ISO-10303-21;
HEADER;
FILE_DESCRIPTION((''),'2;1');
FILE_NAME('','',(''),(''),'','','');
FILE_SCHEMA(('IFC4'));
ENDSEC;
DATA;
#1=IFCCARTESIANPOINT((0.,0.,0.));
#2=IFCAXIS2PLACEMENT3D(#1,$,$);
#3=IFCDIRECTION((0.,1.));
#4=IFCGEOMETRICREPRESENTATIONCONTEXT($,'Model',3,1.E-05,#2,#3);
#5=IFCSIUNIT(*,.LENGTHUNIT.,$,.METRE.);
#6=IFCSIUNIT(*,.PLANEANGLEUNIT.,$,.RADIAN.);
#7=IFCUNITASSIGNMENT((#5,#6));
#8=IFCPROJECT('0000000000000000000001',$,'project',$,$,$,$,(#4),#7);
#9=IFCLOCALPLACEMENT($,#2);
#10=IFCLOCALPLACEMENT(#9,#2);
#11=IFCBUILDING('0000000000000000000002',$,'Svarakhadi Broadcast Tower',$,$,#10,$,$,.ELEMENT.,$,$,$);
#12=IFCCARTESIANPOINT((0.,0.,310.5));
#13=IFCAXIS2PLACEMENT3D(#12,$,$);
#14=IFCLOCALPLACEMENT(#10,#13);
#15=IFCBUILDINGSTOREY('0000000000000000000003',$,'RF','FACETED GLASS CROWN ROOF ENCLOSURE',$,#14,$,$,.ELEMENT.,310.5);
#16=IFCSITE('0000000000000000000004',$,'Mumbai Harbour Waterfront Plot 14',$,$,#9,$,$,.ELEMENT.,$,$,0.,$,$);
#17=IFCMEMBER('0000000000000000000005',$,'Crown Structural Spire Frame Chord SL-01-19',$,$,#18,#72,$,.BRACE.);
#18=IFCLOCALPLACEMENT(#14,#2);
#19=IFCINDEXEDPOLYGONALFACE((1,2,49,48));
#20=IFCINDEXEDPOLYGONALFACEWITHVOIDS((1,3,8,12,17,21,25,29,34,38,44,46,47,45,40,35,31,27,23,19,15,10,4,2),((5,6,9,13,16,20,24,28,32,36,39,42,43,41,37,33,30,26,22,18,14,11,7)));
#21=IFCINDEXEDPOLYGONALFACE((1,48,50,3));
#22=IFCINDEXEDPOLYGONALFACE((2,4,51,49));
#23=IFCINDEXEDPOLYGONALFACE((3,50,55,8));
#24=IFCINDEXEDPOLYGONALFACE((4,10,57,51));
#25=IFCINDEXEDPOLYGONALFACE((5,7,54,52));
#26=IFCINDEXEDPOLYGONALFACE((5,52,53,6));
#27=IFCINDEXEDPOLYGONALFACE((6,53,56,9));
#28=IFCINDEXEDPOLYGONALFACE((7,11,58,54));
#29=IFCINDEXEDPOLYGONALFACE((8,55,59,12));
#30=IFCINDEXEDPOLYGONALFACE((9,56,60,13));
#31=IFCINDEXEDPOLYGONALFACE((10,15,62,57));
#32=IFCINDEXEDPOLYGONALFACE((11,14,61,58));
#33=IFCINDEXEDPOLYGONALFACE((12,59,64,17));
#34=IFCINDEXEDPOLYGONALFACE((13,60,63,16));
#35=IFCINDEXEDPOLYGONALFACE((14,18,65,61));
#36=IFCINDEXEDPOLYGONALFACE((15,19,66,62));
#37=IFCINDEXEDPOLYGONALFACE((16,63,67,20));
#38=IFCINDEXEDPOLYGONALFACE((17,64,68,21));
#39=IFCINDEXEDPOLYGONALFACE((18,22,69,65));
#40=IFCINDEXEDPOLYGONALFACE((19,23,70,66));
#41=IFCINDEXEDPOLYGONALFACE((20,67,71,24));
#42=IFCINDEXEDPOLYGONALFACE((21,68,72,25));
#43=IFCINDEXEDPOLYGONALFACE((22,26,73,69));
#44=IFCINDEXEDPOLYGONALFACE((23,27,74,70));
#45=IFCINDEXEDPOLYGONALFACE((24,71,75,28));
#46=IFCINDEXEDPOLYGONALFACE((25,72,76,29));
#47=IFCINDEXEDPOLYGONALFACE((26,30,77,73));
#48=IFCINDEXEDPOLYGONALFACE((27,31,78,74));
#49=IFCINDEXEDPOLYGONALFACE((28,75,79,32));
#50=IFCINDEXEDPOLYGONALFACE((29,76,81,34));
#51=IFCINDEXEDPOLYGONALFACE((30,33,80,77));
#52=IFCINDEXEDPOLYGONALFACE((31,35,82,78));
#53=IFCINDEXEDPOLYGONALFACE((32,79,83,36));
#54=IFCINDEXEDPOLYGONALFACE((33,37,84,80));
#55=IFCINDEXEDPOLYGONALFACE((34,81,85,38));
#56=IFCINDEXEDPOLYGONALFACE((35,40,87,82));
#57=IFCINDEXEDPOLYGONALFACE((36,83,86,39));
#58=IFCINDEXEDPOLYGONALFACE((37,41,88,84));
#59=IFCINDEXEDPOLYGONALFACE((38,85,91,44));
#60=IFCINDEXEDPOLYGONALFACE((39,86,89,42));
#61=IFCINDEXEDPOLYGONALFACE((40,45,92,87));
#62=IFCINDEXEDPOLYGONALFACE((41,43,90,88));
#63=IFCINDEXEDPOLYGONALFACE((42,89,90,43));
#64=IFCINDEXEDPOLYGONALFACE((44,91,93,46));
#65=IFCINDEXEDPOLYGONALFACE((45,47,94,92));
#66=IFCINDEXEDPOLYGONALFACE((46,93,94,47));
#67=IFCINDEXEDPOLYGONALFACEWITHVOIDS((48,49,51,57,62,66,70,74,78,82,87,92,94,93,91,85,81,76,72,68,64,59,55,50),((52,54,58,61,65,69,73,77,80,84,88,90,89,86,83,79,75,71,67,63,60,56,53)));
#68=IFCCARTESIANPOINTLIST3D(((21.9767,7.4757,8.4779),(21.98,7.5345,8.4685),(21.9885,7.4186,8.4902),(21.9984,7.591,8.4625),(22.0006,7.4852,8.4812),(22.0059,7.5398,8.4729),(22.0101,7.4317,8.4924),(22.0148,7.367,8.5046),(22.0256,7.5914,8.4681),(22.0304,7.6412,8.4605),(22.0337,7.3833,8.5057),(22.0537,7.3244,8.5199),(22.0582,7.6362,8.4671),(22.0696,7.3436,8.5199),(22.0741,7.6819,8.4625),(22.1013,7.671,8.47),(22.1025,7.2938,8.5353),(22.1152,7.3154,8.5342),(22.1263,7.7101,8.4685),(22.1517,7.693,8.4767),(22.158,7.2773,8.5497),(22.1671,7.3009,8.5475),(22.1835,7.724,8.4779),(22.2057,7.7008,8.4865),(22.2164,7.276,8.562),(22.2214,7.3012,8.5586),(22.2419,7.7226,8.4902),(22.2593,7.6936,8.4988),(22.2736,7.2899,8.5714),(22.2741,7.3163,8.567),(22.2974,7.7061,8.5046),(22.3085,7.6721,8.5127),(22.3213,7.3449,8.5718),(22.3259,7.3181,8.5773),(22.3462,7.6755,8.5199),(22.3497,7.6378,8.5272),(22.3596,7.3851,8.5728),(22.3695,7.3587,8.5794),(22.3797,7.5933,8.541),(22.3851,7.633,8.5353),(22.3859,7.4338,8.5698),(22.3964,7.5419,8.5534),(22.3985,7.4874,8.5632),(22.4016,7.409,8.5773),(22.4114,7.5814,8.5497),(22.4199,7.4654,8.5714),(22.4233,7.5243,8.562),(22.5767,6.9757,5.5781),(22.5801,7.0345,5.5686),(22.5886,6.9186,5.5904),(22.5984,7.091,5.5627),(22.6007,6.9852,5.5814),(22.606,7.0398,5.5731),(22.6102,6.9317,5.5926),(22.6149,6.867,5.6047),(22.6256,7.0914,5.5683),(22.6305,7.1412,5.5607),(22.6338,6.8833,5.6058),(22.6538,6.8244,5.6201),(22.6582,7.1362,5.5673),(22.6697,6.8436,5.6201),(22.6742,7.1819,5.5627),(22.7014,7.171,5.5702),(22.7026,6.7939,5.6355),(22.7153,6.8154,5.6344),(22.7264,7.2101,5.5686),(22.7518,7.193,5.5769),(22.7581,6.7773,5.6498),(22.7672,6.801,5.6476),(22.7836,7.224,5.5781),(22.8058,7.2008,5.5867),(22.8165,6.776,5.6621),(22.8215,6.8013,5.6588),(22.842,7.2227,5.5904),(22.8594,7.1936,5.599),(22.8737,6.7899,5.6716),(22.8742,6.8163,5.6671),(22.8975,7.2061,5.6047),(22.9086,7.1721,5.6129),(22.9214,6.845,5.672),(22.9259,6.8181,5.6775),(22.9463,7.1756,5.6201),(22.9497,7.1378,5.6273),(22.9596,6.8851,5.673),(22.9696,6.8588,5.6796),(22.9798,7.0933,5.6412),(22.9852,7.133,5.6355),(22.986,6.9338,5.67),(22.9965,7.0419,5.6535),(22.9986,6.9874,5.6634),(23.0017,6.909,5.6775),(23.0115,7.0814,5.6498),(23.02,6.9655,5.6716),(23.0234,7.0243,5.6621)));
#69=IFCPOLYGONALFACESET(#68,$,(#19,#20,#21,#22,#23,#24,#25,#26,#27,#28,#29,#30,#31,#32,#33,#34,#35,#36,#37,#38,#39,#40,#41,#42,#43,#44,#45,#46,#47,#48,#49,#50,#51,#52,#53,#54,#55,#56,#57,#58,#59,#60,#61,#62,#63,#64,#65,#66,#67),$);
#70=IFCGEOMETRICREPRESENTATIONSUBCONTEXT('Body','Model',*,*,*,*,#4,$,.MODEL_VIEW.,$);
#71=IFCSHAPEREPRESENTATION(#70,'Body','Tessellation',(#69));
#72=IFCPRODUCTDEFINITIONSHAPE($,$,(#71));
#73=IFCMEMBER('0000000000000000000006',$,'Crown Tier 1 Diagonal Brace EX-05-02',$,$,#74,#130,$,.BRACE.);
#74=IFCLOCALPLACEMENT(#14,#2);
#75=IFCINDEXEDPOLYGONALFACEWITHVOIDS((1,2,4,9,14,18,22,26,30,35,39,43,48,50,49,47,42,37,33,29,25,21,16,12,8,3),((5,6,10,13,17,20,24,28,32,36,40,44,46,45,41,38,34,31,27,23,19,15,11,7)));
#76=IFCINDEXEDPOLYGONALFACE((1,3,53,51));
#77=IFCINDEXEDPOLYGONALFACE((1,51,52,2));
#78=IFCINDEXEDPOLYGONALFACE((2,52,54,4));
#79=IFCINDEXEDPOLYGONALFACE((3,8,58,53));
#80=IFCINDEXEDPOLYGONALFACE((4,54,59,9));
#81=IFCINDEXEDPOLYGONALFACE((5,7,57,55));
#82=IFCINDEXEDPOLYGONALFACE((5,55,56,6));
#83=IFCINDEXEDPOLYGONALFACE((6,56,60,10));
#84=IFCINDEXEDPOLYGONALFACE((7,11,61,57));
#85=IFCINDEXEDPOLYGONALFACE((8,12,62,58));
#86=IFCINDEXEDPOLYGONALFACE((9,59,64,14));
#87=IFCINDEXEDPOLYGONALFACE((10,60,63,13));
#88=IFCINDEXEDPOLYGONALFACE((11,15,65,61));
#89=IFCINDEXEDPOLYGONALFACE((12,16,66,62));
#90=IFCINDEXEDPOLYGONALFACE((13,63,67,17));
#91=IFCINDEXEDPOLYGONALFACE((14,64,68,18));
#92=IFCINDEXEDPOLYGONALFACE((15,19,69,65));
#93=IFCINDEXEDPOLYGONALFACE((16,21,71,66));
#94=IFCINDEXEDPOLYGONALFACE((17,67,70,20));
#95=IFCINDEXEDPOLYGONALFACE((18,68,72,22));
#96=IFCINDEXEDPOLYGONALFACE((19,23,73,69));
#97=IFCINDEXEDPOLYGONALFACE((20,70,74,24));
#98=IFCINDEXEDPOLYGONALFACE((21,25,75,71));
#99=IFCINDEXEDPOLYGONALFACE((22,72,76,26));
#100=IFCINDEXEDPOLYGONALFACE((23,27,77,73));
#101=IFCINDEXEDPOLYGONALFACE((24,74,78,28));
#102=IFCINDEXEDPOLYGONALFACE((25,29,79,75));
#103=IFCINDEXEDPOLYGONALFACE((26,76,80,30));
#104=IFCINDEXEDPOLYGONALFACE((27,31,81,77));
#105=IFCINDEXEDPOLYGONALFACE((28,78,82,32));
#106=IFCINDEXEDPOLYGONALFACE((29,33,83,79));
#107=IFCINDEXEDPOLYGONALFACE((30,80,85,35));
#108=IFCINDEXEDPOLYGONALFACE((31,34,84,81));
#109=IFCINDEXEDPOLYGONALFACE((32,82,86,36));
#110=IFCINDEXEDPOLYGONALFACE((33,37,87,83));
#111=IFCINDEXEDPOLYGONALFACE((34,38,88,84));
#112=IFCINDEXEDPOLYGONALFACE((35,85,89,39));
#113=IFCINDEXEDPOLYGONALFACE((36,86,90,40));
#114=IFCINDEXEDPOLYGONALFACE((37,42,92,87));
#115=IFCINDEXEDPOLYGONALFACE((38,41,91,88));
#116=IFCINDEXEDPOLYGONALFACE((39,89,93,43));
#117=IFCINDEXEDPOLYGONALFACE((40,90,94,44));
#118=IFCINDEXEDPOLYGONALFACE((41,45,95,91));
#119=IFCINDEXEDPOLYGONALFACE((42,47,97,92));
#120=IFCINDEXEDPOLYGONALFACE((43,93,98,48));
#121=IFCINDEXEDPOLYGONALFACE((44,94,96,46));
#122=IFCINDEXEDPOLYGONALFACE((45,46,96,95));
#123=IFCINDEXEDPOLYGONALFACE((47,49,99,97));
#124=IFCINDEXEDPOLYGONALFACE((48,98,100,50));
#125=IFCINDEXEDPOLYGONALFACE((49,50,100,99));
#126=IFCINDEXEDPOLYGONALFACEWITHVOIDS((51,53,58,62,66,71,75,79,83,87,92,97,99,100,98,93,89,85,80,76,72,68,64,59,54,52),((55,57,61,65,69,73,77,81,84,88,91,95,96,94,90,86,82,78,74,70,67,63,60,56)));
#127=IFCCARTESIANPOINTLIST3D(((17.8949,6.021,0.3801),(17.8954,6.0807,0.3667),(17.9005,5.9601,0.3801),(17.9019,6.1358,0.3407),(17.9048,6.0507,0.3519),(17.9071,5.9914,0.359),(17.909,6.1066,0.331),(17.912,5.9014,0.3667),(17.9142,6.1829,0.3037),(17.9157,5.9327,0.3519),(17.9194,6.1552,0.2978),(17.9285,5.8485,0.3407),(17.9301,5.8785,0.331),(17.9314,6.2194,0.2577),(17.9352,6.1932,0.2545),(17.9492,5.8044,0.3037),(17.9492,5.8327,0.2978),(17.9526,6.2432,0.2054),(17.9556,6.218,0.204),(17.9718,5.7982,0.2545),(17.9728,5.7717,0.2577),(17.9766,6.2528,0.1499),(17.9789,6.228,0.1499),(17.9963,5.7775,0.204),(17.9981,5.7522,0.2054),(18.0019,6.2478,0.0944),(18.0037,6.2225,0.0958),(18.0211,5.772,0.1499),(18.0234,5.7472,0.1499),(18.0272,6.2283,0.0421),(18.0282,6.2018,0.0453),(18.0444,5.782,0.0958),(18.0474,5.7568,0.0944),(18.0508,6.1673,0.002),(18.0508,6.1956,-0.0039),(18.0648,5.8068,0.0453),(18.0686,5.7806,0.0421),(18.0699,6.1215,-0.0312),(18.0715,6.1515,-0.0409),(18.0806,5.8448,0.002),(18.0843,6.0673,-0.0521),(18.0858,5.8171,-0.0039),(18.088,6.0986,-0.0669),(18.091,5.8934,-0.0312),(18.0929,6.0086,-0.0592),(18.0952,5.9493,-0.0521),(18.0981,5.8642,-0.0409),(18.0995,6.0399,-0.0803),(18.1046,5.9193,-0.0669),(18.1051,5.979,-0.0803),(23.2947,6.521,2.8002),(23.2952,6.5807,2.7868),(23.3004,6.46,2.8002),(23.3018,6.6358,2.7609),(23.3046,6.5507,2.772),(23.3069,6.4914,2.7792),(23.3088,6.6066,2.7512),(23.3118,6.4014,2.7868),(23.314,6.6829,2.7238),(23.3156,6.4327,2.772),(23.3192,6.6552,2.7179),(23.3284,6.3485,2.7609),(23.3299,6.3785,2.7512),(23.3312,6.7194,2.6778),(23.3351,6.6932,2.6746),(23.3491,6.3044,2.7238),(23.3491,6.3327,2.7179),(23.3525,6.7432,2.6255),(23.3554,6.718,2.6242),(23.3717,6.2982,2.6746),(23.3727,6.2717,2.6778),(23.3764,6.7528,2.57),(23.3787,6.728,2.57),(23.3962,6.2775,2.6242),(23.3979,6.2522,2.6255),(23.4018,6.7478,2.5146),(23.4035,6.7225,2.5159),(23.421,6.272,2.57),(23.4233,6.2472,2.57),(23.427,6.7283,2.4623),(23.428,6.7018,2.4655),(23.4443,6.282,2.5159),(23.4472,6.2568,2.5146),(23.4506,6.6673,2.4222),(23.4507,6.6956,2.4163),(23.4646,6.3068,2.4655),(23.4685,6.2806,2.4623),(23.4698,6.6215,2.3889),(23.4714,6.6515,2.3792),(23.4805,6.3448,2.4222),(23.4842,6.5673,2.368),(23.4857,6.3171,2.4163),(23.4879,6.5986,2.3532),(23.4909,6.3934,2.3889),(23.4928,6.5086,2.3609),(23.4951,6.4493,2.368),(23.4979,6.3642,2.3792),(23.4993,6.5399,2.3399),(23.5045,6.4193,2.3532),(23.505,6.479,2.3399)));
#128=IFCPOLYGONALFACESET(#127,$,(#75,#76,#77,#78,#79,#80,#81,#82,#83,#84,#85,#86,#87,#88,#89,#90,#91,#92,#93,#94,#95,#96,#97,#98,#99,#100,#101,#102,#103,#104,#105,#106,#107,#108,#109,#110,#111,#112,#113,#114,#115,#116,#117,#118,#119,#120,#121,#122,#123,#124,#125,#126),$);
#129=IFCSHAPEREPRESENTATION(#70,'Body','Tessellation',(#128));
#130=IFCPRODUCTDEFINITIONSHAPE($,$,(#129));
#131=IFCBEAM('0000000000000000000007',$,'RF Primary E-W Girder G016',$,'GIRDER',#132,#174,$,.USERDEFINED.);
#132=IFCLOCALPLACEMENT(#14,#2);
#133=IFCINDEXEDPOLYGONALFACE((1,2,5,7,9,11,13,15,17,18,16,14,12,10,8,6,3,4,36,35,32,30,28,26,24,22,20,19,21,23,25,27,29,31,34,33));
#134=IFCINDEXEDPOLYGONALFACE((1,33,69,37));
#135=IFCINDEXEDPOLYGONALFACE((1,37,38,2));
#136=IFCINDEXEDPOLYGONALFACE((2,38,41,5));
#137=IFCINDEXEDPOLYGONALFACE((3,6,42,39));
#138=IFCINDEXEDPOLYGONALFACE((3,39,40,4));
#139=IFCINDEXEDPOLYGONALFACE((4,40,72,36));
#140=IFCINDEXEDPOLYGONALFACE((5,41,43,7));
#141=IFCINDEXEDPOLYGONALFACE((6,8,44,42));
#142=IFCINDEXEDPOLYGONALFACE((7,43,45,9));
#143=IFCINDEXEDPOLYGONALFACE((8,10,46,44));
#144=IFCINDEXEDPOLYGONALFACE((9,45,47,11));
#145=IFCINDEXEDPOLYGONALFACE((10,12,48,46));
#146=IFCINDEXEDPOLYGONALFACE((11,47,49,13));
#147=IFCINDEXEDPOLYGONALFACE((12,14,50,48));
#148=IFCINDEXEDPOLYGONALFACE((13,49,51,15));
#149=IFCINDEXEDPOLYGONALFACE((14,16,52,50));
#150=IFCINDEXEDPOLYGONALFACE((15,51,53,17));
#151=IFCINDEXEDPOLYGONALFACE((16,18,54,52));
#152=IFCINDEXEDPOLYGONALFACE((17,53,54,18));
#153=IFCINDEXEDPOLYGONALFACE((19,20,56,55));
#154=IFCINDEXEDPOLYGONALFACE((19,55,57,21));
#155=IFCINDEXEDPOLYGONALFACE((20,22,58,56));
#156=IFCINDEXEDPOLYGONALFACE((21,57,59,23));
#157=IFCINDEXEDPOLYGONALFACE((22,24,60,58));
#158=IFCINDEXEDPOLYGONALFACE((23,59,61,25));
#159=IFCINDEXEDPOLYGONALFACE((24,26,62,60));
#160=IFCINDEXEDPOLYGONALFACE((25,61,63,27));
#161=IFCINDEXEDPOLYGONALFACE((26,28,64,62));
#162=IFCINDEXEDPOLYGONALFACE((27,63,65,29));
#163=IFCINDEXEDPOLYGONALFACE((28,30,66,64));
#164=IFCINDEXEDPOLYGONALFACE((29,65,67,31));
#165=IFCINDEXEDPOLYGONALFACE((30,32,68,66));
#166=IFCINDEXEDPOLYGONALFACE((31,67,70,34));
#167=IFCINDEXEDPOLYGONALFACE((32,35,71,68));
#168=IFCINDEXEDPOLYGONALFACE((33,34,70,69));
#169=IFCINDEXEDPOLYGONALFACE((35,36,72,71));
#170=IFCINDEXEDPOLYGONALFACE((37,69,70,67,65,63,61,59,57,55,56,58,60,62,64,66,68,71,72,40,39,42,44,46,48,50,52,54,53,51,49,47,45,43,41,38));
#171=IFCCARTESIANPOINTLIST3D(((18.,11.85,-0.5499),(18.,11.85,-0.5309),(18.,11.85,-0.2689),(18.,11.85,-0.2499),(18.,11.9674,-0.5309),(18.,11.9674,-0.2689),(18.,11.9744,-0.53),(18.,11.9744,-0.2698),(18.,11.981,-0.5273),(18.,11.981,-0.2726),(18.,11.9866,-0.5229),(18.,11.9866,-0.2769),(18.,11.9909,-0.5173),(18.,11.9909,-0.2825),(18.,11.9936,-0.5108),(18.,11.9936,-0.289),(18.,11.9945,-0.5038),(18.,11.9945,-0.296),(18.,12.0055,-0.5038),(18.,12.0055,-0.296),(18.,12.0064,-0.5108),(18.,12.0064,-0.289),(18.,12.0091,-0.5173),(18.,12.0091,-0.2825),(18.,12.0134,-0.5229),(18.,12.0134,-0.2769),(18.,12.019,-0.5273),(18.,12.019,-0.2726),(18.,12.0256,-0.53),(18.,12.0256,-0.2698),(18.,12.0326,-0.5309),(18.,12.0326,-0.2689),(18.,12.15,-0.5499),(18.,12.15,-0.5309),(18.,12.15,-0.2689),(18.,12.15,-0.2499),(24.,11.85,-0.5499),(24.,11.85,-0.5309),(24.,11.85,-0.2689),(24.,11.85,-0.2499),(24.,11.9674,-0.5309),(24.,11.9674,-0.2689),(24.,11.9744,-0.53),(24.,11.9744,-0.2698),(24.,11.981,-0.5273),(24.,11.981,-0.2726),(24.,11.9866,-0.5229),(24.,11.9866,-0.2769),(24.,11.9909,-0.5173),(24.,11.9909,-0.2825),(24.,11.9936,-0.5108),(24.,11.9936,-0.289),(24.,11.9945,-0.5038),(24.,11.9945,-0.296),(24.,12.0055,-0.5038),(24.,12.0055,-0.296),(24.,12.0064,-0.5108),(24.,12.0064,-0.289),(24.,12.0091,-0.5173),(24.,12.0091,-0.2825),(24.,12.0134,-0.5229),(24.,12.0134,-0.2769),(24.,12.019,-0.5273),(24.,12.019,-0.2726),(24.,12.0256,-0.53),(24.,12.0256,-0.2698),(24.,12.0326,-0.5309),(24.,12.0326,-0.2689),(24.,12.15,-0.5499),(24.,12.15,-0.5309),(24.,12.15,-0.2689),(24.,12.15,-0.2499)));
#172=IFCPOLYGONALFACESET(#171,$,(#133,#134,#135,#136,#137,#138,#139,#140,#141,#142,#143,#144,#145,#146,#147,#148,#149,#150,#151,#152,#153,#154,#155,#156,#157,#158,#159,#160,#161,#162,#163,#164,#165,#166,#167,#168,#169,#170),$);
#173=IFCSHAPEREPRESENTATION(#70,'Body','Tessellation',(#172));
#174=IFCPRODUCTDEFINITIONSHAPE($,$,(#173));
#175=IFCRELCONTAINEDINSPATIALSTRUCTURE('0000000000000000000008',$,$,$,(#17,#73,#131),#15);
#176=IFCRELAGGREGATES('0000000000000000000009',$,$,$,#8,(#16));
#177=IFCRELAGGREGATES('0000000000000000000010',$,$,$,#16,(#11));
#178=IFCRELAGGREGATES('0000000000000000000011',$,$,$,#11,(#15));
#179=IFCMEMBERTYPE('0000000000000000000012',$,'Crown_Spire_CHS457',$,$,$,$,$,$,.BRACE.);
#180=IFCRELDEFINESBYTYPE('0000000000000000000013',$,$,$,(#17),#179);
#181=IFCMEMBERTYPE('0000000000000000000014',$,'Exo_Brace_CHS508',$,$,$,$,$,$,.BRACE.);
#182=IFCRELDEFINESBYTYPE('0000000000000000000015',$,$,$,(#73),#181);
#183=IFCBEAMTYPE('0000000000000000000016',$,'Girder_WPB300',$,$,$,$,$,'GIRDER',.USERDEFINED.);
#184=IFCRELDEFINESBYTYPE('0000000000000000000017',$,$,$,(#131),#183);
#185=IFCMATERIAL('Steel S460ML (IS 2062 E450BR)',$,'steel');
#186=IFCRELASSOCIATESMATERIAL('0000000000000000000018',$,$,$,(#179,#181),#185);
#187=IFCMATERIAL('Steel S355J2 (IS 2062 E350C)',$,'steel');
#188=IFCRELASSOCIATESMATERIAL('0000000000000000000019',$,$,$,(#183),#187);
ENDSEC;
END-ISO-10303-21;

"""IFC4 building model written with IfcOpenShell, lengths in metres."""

from ifc_helpers import new_model, si_unit, direction, frame, origin, origin_2d, place, context, subcontext, project, spatial, hollow_circle, i_section, extrude, material, material_profile, profile_set, type_object, element, save


model = new_model("IFC4")

# Units and contexts
model_context = context("Model", 3, precision=1e-05, world=origin(), true_north=direction((0.0, 1.0)))
body_context = subcontext(model_context, "Body", "Model", "MODEL_VIEW")
ifc_project = project(units=[si_unit("LENGTHUNIT", "METRE"), si_unit("PLANEANGLEUNIT", "RADIAN")], contexts=[model_context])

# Site, building, storey
site_placement = place(None, origin())
site = spatial("IfcSite", under=ifc_project, at=site_placement, Name="Mumbai Harbour Waterfront Plot 14", CompositionType="ELEMENT", RefElevation=0.0)
building_placement = place(site_placement, origin())
building = spatial("IfcBuilding", under=site, at=building_placement, Name="Svarakhadi Broadcast Tower", CompositionType="ELEMENT")
storey_placement = place(building_placement, frame((0.0, 0.0, 310.5)))
storey = spatial("IfcBuildingStorey", under=building, at=storey_placement, Name="RF", Description="FACETED GLASS CROWN ROOF ENCLOSURE", CompositionType="ELEMENT", Elevation=310.5)

# Shared definitions
ifc_material_1 = material(Name="Steel S355J2 (IS 2062 E350C)", Category="steel")

# Members
ifc_material_2 = material(Name="Steel S460ML (IS 2062 E450BR)", Category="steel")
ifc_material_profile_1 = material_profile(ifc_material_2, hollow_circle(Radius=0.2285, WallThickness=0.0249, at=origin_2d()), Name="CHS 457x25")
ifc_profile_set_1 = profile_set([ifc_material_profile_1], Name="Steel S460ML (IS 2062 E450BR)")
member_type_1 = type_object("IfcMemberType", Name="Crown_Spire_CHS457", PredefinedType="BRACE", material=ifc_profile_set_1)
member_1_placement = place(storey_placement, frame((22.8, 7.0, 5.6201), z_axis=(-0.199816, 0.166486, 0.965586), x_axis=(-0.640123, -0.768273, 0.0)))
element("IfcMember", 1, at=member_1_placement, inside=storey, type_object=member_type_1, Name="Crown Structural Spire Frame Chord SL-01-19", PredefinedType="BRACE", context=body_context, shape_type="SweptSolid", body=[
    extrude(hollow_circle(Radius=0.2285, WallThickness=0.0249, at=origin_2d()), origin(), (0.0, 0.0, 1.0), 3.0032),
])
ifc_material_profile_2 = material_profile(ifc_material_2, hollow_circle(Radius=0.2539, WallThickness=0.0249, at=origin_2d()), Name="CHS 508x25")
ifc_profile_set_2 = profile_set([ifc_material_profile_2], Name="Steel S460ML (IS 2062 E450BR)")
member_type_2 = type_object("IfcMemberType", Name="Exo_Brace_CHS508", PredefinedType="BRACE", material=ifc_profile_set_2)
member_2_placement = place(storey_placement, frame((18.0, 6.0, 0.1499), z_axis=(0.909299, 0.084196, 0.407536), x_axis=(-0.0922, 0.995741, 0.0)))
element("IfcMember", 2, at=member_2_placement, inside=storey, type_object=member_type_2, Name="Crown Tier 1 Diagonal Brace EX-05-02", PredefinedType="BRACE", context=body_context, shape_type="SweptSolid", body=[
    extrude(hollow_circle(Radius=0.2539, WallThickness=0.0249, at=origin_2d()), origin(), (0.0, 0.0, 1.0), 5.9385),
])

# Beam
ifc_material_profile_3 = material_profile(ifc_material_1, i_section(OverallWidth=0.3, OverallDepth=0.3, WebThickness=0.011, FlangeThickness=0.019, FilletRadius=0.0271, at=origin_2d()), Name="WPB 300x300x117")
ifc_profile_set_3 = profile_set([ifc_material_profile_3], Name="Steel S355J2 (IS 2062 E350C)")
beam_type_1 = type_object("IfcBeamType", Name="Girder_WPB300", ElementType="GIRDER", PredefinedType="USERDEFINED", material=ifc_profile_set_3)
for number, where, z_axis, x_axis, name in (
    (3, (18.0, 12.0, -0.3999), (1.0, 0.0, 0.0), (0.0, 1.0, 0.0), "RF Primary E-W Girder G016"),
):
    element("IfcBeam", number, at=place(storey_placement, frame(where, z_axis=z_axis, x_axis=x_axis)), inside=storey, type_object=beam_type_1, Name=name, ObjectType="GIRDER", PredefinedType="USERDEFINED", context=body_context, shape_type="SweptSolid", body=[
        extrude(i_section(OverallWidth=0.3, OverallDepth=0.3, WebThickness=0.011, FlangeThickness=0.019, FilletRadius=0.0271, at=origin_2d()), origin(), (0.0, 0.0, 1.0), 6.0),
    ])

save(model, "model.ifc")
